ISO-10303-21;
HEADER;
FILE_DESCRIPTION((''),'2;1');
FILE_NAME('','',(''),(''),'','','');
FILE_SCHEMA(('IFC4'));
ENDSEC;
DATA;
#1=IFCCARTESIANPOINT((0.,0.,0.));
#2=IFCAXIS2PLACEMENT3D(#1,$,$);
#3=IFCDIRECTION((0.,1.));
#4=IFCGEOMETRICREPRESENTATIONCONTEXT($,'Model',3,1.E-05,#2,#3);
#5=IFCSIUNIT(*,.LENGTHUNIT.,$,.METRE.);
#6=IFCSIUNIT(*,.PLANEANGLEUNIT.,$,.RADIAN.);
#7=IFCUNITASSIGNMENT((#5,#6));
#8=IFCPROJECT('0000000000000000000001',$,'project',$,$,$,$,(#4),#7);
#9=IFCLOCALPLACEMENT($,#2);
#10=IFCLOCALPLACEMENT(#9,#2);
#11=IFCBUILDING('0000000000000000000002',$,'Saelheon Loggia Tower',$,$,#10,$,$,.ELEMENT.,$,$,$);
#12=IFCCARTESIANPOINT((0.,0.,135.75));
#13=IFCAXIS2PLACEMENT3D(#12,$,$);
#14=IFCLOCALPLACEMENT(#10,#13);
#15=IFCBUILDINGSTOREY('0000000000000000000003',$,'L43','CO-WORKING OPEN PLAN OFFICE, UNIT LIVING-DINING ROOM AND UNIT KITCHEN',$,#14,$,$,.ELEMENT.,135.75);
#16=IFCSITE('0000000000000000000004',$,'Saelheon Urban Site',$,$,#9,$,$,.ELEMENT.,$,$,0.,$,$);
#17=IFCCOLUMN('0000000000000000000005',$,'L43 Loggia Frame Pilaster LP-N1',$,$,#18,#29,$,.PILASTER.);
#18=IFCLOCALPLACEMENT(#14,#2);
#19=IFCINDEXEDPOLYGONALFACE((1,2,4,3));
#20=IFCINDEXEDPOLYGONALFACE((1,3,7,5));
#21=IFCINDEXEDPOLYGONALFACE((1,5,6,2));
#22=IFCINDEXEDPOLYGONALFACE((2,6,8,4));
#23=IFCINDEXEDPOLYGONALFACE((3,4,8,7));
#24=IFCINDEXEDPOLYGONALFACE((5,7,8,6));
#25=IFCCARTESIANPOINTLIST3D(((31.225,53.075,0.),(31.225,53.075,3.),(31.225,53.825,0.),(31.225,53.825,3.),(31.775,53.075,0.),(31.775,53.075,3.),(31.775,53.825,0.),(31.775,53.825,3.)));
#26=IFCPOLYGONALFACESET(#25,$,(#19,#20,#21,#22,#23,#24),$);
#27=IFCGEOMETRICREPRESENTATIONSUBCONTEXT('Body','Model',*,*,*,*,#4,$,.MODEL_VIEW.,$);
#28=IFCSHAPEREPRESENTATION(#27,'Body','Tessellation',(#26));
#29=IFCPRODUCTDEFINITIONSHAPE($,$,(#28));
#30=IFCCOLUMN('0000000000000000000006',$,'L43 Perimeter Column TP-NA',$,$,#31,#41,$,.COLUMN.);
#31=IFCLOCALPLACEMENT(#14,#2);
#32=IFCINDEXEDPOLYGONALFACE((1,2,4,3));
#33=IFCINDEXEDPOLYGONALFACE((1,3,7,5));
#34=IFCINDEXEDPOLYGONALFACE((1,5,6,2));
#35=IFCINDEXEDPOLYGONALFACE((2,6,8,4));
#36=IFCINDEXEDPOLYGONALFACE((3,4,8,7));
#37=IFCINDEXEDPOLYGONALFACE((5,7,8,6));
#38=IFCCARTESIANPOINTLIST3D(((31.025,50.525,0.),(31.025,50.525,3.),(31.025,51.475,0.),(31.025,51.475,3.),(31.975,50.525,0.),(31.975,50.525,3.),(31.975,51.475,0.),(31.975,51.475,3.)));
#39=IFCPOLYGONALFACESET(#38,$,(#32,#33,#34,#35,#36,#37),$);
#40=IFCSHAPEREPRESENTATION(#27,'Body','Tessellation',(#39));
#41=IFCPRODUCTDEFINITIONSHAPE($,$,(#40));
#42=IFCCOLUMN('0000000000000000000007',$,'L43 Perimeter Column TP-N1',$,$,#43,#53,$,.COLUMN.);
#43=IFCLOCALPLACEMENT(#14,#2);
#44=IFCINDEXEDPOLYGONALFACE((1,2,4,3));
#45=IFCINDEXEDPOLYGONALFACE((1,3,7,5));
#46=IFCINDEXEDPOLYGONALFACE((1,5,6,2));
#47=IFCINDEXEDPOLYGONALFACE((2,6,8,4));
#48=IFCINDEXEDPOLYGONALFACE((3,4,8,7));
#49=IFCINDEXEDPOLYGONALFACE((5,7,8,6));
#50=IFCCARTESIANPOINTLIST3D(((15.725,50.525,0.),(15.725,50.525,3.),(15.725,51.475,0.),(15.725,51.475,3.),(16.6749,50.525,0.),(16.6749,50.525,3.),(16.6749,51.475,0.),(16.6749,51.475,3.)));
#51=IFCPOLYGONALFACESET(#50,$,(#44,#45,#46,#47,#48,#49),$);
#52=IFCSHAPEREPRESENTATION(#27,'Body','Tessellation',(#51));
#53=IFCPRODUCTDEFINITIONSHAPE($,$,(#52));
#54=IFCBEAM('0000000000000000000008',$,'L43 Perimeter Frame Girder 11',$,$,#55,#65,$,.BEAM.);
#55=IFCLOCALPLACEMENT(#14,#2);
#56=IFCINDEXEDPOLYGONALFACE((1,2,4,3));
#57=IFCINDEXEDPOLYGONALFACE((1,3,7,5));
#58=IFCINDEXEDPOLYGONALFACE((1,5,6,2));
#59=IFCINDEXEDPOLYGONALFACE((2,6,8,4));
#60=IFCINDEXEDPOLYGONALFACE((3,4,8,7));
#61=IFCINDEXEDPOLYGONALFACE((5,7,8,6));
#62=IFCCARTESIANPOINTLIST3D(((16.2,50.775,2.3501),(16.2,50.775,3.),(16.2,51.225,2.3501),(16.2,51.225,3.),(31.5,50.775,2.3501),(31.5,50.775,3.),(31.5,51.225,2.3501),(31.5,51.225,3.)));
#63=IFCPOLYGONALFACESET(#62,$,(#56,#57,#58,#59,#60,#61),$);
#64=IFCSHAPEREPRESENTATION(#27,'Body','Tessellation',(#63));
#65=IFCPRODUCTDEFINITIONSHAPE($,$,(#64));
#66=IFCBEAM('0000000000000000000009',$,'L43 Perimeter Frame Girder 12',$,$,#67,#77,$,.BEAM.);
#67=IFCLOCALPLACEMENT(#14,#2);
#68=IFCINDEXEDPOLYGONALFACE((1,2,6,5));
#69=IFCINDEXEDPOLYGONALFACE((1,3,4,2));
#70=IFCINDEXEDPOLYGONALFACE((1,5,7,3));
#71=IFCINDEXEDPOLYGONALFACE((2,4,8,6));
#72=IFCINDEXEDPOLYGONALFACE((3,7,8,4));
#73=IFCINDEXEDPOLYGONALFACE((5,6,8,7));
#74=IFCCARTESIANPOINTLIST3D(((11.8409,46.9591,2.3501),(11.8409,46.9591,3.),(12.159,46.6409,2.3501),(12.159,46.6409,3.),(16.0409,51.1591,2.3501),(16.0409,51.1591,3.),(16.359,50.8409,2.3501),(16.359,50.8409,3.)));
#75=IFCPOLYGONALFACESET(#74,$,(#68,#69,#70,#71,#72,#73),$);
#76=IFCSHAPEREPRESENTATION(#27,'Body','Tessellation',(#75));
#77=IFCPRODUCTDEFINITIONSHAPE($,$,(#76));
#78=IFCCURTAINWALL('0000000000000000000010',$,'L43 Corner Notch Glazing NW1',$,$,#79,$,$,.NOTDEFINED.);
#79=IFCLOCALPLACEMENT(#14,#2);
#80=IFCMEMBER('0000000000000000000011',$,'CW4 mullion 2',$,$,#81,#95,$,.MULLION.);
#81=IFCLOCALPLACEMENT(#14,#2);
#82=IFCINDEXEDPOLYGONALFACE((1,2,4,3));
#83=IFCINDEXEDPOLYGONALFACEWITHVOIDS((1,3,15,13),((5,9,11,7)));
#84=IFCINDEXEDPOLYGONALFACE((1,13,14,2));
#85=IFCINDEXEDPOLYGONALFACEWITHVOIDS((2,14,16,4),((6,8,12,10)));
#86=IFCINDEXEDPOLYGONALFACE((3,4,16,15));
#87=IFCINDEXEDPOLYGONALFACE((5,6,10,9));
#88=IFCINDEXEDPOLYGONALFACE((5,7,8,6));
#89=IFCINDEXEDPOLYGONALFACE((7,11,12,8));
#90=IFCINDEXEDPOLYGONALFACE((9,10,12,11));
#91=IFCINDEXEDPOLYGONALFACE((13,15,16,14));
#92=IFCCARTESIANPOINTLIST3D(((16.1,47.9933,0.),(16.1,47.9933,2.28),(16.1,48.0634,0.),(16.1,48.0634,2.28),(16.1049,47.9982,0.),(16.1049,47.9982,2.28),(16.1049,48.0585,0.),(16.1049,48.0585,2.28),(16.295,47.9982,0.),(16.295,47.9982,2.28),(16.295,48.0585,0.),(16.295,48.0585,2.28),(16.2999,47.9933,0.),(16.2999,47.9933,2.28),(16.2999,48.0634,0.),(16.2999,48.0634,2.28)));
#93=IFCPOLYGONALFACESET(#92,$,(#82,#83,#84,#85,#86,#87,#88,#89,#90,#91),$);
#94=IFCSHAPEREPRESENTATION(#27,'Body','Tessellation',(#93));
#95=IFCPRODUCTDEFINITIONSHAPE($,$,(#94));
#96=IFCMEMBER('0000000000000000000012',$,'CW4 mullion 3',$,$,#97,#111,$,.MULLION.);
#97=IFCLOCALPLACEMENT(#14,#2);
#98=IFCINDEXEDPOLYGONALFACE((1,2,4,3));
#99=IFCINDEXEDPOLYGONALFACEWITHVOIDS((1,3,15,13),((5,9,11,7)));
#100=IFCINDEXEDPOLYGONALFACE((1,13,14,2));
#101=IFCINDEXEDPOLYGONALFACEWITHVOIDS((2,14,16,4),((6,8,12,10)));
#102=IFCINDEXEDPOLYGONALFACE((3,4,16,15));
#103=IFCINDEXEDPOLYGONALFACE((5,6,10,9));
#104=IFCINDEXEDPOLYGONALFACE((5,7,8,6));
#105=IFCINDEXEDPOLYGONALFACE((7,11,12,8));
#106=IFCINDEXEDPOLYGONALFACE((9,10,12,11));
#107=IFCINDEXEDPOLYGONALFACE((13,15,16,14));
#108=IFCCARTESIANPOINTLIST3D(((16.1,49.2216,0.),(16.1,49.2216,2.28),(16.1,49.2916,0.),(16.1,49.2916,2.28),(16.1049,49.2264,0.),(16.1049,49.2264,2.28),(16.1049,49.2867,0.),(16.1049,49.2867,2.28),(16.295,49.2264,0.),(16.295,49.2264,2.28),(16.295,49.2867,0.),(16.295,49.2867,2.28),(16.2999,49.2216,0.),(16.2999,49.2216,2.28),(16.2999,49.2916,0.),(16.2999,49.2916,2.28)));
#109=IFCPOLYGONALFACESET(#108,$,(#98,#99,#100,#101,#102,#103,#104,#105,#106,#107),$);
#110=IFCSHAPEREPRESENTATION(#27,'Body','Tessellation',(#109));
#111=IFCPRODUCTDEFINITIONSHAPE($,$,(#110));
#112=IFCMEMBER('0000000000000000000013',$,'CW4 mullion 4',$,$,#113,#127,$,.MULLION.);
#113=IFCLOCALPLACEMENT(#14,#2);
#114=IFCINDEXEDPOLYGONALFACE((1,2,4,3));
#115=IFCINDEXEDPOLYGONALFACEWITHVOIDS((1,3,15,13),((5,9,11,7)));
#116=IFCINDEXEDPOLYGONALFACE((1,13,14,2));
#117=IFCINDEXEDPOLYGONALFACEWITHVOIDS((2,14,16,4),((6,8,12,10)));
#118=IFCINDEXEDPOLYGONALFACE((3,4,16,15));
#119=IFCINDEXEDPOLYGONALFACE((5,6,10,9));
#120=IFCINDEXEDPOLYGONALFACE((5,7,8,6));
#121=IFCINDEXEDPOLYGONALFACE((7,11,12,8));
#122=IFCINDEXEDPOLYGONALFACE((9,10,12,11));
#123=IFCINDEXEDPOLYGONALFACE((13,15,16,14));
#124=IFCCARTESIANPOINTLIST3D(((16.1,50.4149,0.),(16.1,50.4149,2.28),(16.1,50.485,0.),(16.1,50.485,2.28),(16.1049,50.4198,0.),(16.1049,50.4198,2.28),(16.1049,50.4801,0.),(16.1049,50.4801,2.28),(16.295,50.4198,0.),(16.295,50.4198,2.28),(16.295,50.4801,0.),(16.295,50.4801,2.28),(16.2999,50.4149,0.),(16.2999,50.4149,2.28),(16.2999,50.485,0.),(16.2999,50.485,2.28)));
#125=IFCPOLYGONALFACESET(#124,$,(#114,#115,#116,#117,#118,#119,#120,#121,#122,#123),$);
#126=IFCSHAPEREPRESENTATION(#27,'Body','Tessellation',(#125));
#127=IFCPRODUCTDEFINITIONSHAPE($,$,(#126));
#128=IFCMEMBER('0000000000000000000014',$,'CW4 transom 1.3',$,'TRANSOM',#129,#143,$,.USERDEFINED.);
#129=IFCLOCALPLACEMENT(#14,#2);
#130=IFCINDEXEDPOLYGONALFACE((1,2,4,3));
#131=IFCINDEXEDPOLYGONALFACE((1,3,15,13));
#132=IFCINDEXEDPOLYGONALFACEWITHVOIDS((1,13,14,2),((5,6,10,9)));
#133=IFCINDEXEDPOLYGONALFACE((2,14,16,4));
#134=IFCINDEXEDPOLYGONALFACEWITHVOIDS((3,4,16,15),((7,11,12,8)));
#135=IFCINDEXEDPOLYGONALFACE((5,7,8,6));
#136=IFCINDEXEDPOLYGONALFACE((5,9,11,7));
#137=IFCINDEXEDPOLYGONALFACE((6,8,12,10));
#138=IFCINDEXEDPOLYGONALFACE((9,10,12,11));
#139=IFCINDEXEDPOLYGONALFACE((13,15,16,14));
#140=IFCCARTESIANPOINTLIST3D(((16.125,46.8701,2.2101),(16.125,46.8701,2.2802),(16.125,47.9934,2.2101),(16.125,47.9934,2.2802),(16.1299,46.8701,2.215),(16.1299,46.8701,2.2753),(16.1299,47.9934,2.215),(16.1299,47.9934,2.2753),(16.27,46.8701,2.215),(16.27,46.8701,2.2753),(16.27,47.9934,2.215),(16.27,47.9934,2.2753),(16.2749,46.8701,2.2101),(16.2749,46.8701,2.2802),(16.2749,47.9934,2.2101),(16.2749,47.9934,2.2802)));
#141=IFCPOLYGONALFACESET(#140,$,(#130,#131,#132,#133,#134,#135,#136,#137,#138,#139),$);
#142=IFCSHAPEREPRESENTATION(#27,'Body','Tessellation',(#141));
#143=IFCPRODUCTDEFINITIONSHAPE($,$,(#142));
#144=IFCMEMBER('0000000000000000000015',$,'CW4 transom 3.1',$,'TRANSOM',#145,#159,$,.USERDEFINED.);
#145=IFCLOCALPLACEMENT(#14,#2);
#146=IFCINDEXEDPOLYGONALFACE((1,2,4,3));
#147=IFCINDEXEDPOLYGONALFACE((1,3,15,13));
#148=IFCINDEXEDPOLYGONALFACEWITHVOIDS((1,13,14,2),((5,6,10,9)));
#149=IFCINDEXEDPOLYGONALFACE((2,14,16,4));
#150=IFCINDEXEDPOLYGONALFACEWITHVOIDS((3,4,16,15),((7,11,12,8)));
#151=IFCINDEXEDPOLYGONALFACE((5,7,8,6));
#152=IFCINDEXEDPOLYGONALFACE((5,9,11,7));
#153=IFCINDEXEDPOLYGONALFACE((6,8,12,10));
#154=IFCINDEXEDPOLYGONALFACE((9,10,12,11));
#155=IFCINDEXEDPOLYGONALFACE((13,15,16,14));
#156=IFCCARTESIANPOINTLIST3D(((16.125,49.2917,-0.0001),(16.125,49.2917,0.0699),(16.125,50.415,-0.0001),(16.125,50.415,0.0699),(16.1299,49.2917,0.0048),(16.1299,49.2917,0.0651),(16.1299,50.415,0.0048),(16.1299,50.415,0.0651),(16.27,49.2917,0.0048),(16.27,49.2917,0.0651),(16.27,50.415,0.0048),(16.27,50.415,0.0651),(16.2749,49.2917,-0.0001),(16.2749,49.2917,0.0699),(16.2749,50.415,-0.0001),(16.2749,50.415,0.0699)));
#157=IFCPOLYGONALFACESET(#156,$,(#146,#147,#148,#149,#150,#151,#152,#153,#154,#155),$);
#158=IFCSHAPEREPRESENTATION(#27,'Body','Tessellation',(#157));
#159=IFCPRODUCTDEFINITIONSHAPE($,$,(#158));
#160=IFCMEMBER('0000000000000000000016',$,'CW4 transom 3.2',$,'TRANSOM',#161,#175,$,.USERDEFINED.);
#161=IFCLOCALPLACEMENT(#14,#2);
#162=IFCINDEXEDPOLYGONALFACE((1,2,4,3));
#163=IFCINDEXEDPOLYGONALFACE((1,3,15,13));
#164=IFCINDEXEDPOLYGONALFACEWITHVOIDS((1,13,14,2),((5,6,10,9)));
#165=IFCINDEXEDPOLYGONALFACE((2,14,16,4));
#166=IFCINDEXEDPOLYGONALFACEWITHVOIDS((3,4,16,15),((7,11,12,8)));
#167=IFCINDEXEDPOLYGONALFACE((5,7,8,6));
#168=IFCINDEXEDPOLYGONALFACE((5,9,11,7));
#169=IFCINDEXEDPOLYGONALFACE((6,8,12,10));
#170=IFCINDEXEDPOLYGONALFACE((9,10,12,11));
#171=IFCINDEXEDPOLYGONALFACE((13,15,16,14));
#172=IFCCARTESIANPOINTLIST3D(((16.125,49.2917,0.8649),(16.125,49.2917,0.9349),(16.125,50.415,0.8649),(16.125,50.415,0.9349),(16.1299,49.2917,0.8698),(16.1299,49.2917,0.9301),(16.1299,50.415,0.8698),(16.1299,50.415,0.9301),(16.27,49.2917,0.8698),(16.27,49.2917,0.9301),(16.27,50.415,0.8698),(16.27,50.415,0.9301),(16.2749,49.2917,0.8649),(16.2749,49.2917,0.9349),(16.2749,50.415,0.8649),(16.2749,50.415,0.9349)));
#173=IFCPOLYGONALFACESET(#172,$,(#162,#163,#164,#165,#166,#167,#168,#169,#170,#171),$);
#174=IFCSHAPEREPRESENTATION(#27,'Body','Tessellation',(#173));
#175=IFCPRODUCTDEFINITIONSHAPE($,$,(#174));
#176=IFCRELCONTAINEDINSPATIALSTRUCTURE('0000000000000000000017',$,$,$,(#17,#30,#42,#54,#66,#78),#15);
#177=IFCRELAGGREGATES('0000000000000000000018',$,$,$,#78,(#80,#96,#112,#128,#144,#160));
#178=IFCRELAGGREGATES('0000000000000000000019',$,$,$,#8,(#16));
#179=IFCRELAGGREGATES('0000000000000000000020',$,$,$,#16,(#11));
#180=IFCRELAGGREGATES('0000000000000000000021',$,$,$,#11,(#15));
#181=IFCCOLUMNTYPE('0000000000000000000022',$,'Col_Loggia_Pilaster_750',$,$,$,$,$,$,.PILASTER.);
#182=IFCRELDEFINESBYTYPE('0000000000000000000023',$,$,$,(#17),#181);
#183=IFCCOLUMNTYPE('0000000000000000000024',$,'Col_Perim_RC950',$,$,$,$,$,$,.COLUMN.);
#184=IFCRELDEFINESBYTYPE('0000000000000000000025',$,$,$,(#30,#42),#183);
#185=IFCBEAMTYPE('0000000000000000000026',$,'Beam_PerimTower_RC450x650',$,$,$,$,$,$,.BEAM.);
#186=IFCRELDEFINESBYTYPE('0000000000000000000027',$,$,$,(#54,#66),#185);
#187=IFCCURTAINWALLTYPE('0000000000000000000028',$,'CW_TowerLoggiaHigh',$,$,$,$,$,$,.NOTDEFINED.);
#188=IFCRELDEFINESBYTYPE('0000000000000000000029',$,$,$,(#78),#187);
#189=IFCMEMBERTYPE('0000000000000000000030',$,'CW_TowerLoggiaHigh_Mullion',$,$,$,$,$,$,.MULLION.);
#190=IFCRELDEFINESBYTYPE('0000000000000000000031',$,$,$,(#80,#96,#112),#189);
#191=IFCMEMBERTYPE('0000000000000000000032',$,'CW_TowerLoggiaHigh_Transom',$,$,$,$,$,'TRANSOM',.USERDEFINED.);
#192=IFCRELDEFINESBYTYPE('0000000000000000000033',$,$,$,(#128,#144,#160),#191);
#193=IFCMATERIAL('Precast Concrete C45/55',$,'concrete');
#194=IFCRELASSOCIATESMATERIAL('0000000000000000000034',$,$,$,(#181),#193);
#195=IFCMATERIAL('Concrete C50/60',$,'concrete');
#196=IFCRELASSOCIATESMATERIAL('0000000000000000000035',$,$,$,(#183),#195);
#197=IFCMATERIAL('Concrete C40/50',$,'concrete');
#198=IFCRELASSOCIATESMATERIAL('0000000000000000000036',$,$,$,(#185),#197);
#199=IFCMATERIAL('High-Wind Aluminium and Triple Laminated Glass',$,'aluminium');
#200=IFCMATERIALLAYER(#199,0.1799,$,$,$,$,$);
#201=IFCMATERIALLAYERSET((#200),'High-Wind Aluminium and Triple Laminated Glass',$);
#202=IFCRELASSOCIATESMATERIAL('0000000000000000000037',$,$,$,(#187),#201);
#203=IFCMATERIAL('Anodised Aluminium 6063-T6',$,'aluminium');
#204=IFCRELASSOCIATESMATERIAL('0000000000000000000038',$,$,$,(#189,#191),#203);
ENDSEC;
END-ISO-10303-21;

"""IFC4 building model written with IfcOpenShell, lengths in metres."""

from ifc_helpers import new_model, si_unit, direction, frame, origin, origin_2d, place, context, subcontext, project, spatial, rectangle, hollow_rectangle, extrude, source, transform, mapped, material, layer, layer_set, material_profile, profile_set, type_object, element, aggregate, save


model = new_model("IFC4")

# Units and contexts
model_context = context("Model", 3, precision=1e-05, world=origin(), true_north=direction((0.0, 1.0)))
body_context = subcontext(model_context, "Body", "Model", "MODEL_VIEW")
ifc_project = project(units=[si_unit("LENGTHUNIT", "METRE"), si_unit("PLANEANGLEUNIT", "RADIAN")], contexts=[model_context])

# Site, building, storey
site_placement = place(None, origin())
site = spatial("IfcSite", under=ifc_project, at=site_placement, Name="Saelheon Urban Site", CompositionType="ELEMENT", RefElevation=0.0)
building_placement = place(site_placement, origin())
building = spatial("IfcBuilding", under=site, at=building_placement, Name="Saelheon Loggia Tower", CompositionType="ELEMENT")
storey_placement = place(building_placement, frame((0.0, 0.0, 135.75)))
storey = spatial("IfcBuildingStorey", under=building, at=storey_placement, Name="L43", Description="CO-WORKING OPEN PLAN OFFICE, UNIT LIVING-DINING ROOM AND UNIT KITCHEN", CompositionType="ELEMENT", Elevation=135.75)

# Columns
ifc_material_1 = material(Name="Precast Concrete C45/55", Category="concrete")
ifc_material_profile_1 = material_profile(ifc_material_1, rectangle(XDim=0.55, YDim=0.75, at=origin_2d()), Name="RC-550x750")
ifc_profile_set_1 = profile_set([ifc_material_profile_1], Name="Precast Concrete C45/55")
column_type_1 = type_object("IfcColumnType", Name="Col_Loggia_Pilaster_750", PredefinedType="PILASTER", material=ifc_profile_set_1)
shared_shape_1 = source(origin(), body_context, "Body", "SweptSolid", [
    extrude(rectangle(XDim=0.55, YDim=0.75, at=origin_2d()), origin(), (0.0, 0.0, 1.0), 3.0),
])
column_placement = place(storey_placement, frame((31.5, 53.45, 0.0), z_axis=(0.0, 0.0, 1.0), x_axis=(1.0, 0.0, 0.0)))
element("IfcColumn", 1, at=column_placement, inside=storey, type_object=column_type_1, Name="L43 Loggia Frame Pilaster LP-N1", PredefinedType="PILASTER", context=body_context, shape_type="MappedRepresentation", body=[
    mapped(shared_shape_1, transform((0.0, 0.0, 0.0), scale=1.0)),
])
ifc_material_2 = material(Name="Concrete C50/60", Category="concrete")
ifc_material_profile_2 = material_profile(ifc_material_2, rectangle(XDim=0.95, YDim=0.95, at=origin_2d()), Name="RC-950x950")
ifc_profile_set_2 = profile_set([ifc_material_profile_2], Name="Concrete C50/60")
column_type_2 = type_object("IfcColumnType", Name="Col_Perim_RC950", PredefinedType="COLUMN", material=ifc_profile_set_2)
shared_shape_2 = source(origin(), body_context, "Body", "SweptSolid", [
    extrude(rectangle(XDim=0.95, YDim=0.95, at=origin_2d()), origin(), (0.0, 0.0, 1.0), 3.0),
])
for number, where, z_axis, x_axis, name in (
    (2, (31.5, 51.0, 0.0), (0.0, 0.0, 1.0), (1.0, 0.0, 0.0), "L43 Perimeter Column TP-NA"),
    (3, (16.2, 51.0, 0.0), (0.0, 0.0, 1.0), (1.0, 0.0, 0.0), "L43 Perimeter Column TP-N1"),
):
    element("IfcColumn", number, at=place(storey_placement, frame(where, z_axis=z_axis, x_axis=x_axis)), inside=storey, type_object=column_type_2, Name=name, PredefinedType="COLUMN", context=body_context, shape_type="MappedRepresentation", body=[
        mapped(shared_shape_2, transform((0.0, 0.0, 0.0), scale=1.0)),
    ])

# Beams
ifc_material_3 = material(Name="Concrete C40/50", Category="concrete")
ifc_material_profile_3 = material_profile(ifc_material_3, rectangle(XDim=0.45, YDim=0.6499, at=origin_2d()), Name="RC-450x650")
ifc_profile_set_3 = profile_set([ifc_material_profile_3], Name="Concrete C40/50")
beam_type = type_object("IfcBeamType", Name="Beam_PerimTower_RC450x650", PredefinedType="BEAM", material=ifc_profile_set_3)
shared_shape_3 = source(origin(), body_context, "Body", "SweptSolid", [
    extrude(rectangle(XDim=0.45, YDim=0.6499, at=origin_2d()), origin(), (0.0, 0.0, 1.0), 15.3),
])
beam_1_placement = place(storey_placement, frame((31.5, 51.0, 2.675), z_axis=(-1.0, 0.0, 0.0), x_axis=(0.0, -1.0, 0.0)))
element("IfcBeam", 4, at=beam_1_placement, inside=storey, type_object=beam_type, Name="L43 Perimeter Frame Girder 11", PredefinedType="BEAM", context=body_context, shape_type="MappedRepresentation", body=[
    mapped(shared_shape_3, transform((0.0, 0.0, 0.0), scale=1.0)),
])
shared_shape_4 = source(origin(), body_context, "Body", "SweptSolid", [
    extrude(rectangle(XDim=0.45, YDim=0.6499, at=origin_2d()), origin(), (0.0, 0.0, 1.0), 5.9397),
])
beam_2_placement = place(storey_placement, frame((16.2, 51.0, 2.675), z_axis=(-0.707107, -0.707107, 0.0), x_axis=(0.707107, -0.707107, 0.0)))
element("IfcBeam", 5, at=beam_2_placement, inside=storey, type_object=beam_type, Name="L43 Perimeter Frame Girder 12", PredefinedType="BEAM", context=body_context, shape_type="MappedRepresentation", body=[
    mapped(shared_shape_4, transform((0.0, 0.0, 0.0), scale=1.0)),
])

# Curtain wall, members
ifc_material_4 = material(Name="High-Wind Aluminium and Triple Laminated Glass", Category="aluminium")
ifc_layer_1 = layer(ifc_material_4, 0.1799)
ifc_layer_set_1 = layer_set([ifc_layer_1], Name="High-Wind Aluminium and Triple Laminated Glass")
curtain_wall_type = type_object("IfcCurtainWallType", Name="CW_TowerLoggiaHigh", PredefinedType="NOTDEFINED", material=ifc_layer_set_1)
curtain_wall_placement = place(storey_placement, origin())
curtain_wall = element("IfcCurtainWall", 6, at=curtain_wall_placement, inside=storey, type_object=curtain_wall_type, Name="L43 Corner Notch Glazing NW1", PredefinedType="NOTDEFINED")
ifc_material_5 = material(Name="Anodised Aluminium 6063-T6", Category="aluminium")
ifc_material_profile_4 = material_profile(ifc_material_5, hollow_rectangle(XDim=0.0701, YDim=0.2, WallThickness=0.0049, at=origin_2d()), Name="RHS-200x70x5")
ifc_profile_set_4 = profile_set([ifc_material_profile_4], Name="Anodised Aluminium 6063-T6")
member_type_1 = type_object("IfcMemberType", Name="CW_TowerLoggiaHigh_Mullion", PredefinedType="MULLION", material=ifc_profile_set_4)
shared_shape_5 = source(origin(), body_context, "Body", "SweptSolid", [
    extrude(hollow_rectangle(XDim=0.0701, YDim=0.2, WallThickness=0.0049, at=origin_2d()), origin(), (0.0, 0.0, 1.0), 2.28),
])
member_1_placement = place(storey_placement, frame((16.2, 48.0283, 0.0), z_axis=(0.0, 0.0, 1.0), x_axis=(0.0, 1.0, 0.0)))
member_1 = element("IfcMember", 7, at=member_1_placement, type_object=member_type_1, Name="CW4 mullion 2", PredefinedType="MULLION", context=body_context, shape_type="MappedRepresentation", body=[
    mapped(shared_shape_5, transform((0.0, 0.0, 0.0), scale=1.0)),
])
member_2_placement = place(storey_placement, frame((16.2, 49.2566, 0.0), z_axis=(0.0, 0.0, 1.0), x_axis=(0.0, 1.0, 0.0)))
member_2 = element("IfcMember", 8, at=member_2_placement, type_object=member_type_1, Name="CW4 mullion 3", PredefinedType="MULLION", context=body_context, shape_type="MappedRepresentation", body=[
    mapped(shared_shape_5, transform((0.0, 0.0, 0.0), scale=1.0)),
])
member_3_placement = place(storey_placement, frame((16.2, 50.45, 0.0), z_axis=(0.0, 0.0, 1.0), x_axis=(0.0, 1.0, 0.0)))
member_3 = element("IfcMember", 9, at=member_3_placement, type_object=member_type_1, Name="CW4 mullion 4", PredefinedType="MULLION", context=body_context, shape_type="MappedRepresentation", body=[
    mapped(shared_shape_5, transform((0.0, 0.0, 0.0), scale=1.0)),
])
ifc_material_profile_5 = material_profile(ifc_material_5, hollow_rectangle(XDim=0.0701, YDim=0.1499, WallThickness=0.0049, at=origin_2d()), Name="RHS-150x70x5")
ifc_profile_set_5 = profile_set([ifc_material_profile_5], Name="Anodised Aluminium 6063-T6")
member_type_2 = type_object("IfcMemberType", Name="CW_TowerLoggiaHigh_Transom", ElementType="TRANSOM", PredefinedType="USERDEFINED", material=ifc_profile_set_5)
shared_shape_6 = source(origin(), body_context, "Body", "SweptSolid", [
    extrude(hollow_rectangle(XDim=0.0701, YDim=0.1499, WallThickness=0.0049, at=origin_2d()), origin(), (0.0, 0.0, 1.0), 1.1233),
])
member_4_placement = place(storey_placement, frame((16.2, 46.8701, 2.2451), z_axis=(0.0, 1.0, 0.0), x_axis=(0.0, 0.0, 1.0)))
member_4 = element("IfcMember", 10, at=member_4_placement, type_object=member_type_2, Name="CW4 transom 1.3", ObjectType="TRANSOM", PredefinedType="USERDEFINED", context=body_context, shape_type="MappedRepresentation", body=[
    mapped(shared_shape_6, transform((0.0, 0.0, 0.0), scale=1.0)),
])
member_5_placement = place(storey_placement, frame((16.2, 49.2917, 0.0349), z_axis=(0.0, 1.0, 0.0), x_axis=(0.0, 0.0, 1.0)))
member_5 = element("IfcMember", 11, at=member_5_placement, type_object=member_type_2, Name="CW4 transom 3.1", ObjectType="TRANSOM", PredefinedType="USERDEFINED", context=body_context, shape_type="MappedRepresentation", body=[
    mapped(shared_shape_6, transform((0.0, 0.0, 0.0), scale=1.0)),
])
member_6_placement = place(storey_placement, frame((16.2, 49.2917, 0.8999), z_axis=(0.0, 1.0, 0.0), x_axis=(0.0, 0.0, 1.0)))
member_6 = element("IfcMember", 12, at=member_6_placement, type_object=member_type_2, Name="CW4 transom 3.2", ObjectType="TRANSOM", PredefinedType="USERDEFINED", context=body_context, shape_type="MappedRepresentation", body=[
    mapped(shared_shape_6, transform((0.0, 0.0, 0.0), scale=1.0)),
])
aggregate(curtain_wall, [member_1, member_2, member_3, member_4, member_5, member_6])

save(model, "model.ifc")
